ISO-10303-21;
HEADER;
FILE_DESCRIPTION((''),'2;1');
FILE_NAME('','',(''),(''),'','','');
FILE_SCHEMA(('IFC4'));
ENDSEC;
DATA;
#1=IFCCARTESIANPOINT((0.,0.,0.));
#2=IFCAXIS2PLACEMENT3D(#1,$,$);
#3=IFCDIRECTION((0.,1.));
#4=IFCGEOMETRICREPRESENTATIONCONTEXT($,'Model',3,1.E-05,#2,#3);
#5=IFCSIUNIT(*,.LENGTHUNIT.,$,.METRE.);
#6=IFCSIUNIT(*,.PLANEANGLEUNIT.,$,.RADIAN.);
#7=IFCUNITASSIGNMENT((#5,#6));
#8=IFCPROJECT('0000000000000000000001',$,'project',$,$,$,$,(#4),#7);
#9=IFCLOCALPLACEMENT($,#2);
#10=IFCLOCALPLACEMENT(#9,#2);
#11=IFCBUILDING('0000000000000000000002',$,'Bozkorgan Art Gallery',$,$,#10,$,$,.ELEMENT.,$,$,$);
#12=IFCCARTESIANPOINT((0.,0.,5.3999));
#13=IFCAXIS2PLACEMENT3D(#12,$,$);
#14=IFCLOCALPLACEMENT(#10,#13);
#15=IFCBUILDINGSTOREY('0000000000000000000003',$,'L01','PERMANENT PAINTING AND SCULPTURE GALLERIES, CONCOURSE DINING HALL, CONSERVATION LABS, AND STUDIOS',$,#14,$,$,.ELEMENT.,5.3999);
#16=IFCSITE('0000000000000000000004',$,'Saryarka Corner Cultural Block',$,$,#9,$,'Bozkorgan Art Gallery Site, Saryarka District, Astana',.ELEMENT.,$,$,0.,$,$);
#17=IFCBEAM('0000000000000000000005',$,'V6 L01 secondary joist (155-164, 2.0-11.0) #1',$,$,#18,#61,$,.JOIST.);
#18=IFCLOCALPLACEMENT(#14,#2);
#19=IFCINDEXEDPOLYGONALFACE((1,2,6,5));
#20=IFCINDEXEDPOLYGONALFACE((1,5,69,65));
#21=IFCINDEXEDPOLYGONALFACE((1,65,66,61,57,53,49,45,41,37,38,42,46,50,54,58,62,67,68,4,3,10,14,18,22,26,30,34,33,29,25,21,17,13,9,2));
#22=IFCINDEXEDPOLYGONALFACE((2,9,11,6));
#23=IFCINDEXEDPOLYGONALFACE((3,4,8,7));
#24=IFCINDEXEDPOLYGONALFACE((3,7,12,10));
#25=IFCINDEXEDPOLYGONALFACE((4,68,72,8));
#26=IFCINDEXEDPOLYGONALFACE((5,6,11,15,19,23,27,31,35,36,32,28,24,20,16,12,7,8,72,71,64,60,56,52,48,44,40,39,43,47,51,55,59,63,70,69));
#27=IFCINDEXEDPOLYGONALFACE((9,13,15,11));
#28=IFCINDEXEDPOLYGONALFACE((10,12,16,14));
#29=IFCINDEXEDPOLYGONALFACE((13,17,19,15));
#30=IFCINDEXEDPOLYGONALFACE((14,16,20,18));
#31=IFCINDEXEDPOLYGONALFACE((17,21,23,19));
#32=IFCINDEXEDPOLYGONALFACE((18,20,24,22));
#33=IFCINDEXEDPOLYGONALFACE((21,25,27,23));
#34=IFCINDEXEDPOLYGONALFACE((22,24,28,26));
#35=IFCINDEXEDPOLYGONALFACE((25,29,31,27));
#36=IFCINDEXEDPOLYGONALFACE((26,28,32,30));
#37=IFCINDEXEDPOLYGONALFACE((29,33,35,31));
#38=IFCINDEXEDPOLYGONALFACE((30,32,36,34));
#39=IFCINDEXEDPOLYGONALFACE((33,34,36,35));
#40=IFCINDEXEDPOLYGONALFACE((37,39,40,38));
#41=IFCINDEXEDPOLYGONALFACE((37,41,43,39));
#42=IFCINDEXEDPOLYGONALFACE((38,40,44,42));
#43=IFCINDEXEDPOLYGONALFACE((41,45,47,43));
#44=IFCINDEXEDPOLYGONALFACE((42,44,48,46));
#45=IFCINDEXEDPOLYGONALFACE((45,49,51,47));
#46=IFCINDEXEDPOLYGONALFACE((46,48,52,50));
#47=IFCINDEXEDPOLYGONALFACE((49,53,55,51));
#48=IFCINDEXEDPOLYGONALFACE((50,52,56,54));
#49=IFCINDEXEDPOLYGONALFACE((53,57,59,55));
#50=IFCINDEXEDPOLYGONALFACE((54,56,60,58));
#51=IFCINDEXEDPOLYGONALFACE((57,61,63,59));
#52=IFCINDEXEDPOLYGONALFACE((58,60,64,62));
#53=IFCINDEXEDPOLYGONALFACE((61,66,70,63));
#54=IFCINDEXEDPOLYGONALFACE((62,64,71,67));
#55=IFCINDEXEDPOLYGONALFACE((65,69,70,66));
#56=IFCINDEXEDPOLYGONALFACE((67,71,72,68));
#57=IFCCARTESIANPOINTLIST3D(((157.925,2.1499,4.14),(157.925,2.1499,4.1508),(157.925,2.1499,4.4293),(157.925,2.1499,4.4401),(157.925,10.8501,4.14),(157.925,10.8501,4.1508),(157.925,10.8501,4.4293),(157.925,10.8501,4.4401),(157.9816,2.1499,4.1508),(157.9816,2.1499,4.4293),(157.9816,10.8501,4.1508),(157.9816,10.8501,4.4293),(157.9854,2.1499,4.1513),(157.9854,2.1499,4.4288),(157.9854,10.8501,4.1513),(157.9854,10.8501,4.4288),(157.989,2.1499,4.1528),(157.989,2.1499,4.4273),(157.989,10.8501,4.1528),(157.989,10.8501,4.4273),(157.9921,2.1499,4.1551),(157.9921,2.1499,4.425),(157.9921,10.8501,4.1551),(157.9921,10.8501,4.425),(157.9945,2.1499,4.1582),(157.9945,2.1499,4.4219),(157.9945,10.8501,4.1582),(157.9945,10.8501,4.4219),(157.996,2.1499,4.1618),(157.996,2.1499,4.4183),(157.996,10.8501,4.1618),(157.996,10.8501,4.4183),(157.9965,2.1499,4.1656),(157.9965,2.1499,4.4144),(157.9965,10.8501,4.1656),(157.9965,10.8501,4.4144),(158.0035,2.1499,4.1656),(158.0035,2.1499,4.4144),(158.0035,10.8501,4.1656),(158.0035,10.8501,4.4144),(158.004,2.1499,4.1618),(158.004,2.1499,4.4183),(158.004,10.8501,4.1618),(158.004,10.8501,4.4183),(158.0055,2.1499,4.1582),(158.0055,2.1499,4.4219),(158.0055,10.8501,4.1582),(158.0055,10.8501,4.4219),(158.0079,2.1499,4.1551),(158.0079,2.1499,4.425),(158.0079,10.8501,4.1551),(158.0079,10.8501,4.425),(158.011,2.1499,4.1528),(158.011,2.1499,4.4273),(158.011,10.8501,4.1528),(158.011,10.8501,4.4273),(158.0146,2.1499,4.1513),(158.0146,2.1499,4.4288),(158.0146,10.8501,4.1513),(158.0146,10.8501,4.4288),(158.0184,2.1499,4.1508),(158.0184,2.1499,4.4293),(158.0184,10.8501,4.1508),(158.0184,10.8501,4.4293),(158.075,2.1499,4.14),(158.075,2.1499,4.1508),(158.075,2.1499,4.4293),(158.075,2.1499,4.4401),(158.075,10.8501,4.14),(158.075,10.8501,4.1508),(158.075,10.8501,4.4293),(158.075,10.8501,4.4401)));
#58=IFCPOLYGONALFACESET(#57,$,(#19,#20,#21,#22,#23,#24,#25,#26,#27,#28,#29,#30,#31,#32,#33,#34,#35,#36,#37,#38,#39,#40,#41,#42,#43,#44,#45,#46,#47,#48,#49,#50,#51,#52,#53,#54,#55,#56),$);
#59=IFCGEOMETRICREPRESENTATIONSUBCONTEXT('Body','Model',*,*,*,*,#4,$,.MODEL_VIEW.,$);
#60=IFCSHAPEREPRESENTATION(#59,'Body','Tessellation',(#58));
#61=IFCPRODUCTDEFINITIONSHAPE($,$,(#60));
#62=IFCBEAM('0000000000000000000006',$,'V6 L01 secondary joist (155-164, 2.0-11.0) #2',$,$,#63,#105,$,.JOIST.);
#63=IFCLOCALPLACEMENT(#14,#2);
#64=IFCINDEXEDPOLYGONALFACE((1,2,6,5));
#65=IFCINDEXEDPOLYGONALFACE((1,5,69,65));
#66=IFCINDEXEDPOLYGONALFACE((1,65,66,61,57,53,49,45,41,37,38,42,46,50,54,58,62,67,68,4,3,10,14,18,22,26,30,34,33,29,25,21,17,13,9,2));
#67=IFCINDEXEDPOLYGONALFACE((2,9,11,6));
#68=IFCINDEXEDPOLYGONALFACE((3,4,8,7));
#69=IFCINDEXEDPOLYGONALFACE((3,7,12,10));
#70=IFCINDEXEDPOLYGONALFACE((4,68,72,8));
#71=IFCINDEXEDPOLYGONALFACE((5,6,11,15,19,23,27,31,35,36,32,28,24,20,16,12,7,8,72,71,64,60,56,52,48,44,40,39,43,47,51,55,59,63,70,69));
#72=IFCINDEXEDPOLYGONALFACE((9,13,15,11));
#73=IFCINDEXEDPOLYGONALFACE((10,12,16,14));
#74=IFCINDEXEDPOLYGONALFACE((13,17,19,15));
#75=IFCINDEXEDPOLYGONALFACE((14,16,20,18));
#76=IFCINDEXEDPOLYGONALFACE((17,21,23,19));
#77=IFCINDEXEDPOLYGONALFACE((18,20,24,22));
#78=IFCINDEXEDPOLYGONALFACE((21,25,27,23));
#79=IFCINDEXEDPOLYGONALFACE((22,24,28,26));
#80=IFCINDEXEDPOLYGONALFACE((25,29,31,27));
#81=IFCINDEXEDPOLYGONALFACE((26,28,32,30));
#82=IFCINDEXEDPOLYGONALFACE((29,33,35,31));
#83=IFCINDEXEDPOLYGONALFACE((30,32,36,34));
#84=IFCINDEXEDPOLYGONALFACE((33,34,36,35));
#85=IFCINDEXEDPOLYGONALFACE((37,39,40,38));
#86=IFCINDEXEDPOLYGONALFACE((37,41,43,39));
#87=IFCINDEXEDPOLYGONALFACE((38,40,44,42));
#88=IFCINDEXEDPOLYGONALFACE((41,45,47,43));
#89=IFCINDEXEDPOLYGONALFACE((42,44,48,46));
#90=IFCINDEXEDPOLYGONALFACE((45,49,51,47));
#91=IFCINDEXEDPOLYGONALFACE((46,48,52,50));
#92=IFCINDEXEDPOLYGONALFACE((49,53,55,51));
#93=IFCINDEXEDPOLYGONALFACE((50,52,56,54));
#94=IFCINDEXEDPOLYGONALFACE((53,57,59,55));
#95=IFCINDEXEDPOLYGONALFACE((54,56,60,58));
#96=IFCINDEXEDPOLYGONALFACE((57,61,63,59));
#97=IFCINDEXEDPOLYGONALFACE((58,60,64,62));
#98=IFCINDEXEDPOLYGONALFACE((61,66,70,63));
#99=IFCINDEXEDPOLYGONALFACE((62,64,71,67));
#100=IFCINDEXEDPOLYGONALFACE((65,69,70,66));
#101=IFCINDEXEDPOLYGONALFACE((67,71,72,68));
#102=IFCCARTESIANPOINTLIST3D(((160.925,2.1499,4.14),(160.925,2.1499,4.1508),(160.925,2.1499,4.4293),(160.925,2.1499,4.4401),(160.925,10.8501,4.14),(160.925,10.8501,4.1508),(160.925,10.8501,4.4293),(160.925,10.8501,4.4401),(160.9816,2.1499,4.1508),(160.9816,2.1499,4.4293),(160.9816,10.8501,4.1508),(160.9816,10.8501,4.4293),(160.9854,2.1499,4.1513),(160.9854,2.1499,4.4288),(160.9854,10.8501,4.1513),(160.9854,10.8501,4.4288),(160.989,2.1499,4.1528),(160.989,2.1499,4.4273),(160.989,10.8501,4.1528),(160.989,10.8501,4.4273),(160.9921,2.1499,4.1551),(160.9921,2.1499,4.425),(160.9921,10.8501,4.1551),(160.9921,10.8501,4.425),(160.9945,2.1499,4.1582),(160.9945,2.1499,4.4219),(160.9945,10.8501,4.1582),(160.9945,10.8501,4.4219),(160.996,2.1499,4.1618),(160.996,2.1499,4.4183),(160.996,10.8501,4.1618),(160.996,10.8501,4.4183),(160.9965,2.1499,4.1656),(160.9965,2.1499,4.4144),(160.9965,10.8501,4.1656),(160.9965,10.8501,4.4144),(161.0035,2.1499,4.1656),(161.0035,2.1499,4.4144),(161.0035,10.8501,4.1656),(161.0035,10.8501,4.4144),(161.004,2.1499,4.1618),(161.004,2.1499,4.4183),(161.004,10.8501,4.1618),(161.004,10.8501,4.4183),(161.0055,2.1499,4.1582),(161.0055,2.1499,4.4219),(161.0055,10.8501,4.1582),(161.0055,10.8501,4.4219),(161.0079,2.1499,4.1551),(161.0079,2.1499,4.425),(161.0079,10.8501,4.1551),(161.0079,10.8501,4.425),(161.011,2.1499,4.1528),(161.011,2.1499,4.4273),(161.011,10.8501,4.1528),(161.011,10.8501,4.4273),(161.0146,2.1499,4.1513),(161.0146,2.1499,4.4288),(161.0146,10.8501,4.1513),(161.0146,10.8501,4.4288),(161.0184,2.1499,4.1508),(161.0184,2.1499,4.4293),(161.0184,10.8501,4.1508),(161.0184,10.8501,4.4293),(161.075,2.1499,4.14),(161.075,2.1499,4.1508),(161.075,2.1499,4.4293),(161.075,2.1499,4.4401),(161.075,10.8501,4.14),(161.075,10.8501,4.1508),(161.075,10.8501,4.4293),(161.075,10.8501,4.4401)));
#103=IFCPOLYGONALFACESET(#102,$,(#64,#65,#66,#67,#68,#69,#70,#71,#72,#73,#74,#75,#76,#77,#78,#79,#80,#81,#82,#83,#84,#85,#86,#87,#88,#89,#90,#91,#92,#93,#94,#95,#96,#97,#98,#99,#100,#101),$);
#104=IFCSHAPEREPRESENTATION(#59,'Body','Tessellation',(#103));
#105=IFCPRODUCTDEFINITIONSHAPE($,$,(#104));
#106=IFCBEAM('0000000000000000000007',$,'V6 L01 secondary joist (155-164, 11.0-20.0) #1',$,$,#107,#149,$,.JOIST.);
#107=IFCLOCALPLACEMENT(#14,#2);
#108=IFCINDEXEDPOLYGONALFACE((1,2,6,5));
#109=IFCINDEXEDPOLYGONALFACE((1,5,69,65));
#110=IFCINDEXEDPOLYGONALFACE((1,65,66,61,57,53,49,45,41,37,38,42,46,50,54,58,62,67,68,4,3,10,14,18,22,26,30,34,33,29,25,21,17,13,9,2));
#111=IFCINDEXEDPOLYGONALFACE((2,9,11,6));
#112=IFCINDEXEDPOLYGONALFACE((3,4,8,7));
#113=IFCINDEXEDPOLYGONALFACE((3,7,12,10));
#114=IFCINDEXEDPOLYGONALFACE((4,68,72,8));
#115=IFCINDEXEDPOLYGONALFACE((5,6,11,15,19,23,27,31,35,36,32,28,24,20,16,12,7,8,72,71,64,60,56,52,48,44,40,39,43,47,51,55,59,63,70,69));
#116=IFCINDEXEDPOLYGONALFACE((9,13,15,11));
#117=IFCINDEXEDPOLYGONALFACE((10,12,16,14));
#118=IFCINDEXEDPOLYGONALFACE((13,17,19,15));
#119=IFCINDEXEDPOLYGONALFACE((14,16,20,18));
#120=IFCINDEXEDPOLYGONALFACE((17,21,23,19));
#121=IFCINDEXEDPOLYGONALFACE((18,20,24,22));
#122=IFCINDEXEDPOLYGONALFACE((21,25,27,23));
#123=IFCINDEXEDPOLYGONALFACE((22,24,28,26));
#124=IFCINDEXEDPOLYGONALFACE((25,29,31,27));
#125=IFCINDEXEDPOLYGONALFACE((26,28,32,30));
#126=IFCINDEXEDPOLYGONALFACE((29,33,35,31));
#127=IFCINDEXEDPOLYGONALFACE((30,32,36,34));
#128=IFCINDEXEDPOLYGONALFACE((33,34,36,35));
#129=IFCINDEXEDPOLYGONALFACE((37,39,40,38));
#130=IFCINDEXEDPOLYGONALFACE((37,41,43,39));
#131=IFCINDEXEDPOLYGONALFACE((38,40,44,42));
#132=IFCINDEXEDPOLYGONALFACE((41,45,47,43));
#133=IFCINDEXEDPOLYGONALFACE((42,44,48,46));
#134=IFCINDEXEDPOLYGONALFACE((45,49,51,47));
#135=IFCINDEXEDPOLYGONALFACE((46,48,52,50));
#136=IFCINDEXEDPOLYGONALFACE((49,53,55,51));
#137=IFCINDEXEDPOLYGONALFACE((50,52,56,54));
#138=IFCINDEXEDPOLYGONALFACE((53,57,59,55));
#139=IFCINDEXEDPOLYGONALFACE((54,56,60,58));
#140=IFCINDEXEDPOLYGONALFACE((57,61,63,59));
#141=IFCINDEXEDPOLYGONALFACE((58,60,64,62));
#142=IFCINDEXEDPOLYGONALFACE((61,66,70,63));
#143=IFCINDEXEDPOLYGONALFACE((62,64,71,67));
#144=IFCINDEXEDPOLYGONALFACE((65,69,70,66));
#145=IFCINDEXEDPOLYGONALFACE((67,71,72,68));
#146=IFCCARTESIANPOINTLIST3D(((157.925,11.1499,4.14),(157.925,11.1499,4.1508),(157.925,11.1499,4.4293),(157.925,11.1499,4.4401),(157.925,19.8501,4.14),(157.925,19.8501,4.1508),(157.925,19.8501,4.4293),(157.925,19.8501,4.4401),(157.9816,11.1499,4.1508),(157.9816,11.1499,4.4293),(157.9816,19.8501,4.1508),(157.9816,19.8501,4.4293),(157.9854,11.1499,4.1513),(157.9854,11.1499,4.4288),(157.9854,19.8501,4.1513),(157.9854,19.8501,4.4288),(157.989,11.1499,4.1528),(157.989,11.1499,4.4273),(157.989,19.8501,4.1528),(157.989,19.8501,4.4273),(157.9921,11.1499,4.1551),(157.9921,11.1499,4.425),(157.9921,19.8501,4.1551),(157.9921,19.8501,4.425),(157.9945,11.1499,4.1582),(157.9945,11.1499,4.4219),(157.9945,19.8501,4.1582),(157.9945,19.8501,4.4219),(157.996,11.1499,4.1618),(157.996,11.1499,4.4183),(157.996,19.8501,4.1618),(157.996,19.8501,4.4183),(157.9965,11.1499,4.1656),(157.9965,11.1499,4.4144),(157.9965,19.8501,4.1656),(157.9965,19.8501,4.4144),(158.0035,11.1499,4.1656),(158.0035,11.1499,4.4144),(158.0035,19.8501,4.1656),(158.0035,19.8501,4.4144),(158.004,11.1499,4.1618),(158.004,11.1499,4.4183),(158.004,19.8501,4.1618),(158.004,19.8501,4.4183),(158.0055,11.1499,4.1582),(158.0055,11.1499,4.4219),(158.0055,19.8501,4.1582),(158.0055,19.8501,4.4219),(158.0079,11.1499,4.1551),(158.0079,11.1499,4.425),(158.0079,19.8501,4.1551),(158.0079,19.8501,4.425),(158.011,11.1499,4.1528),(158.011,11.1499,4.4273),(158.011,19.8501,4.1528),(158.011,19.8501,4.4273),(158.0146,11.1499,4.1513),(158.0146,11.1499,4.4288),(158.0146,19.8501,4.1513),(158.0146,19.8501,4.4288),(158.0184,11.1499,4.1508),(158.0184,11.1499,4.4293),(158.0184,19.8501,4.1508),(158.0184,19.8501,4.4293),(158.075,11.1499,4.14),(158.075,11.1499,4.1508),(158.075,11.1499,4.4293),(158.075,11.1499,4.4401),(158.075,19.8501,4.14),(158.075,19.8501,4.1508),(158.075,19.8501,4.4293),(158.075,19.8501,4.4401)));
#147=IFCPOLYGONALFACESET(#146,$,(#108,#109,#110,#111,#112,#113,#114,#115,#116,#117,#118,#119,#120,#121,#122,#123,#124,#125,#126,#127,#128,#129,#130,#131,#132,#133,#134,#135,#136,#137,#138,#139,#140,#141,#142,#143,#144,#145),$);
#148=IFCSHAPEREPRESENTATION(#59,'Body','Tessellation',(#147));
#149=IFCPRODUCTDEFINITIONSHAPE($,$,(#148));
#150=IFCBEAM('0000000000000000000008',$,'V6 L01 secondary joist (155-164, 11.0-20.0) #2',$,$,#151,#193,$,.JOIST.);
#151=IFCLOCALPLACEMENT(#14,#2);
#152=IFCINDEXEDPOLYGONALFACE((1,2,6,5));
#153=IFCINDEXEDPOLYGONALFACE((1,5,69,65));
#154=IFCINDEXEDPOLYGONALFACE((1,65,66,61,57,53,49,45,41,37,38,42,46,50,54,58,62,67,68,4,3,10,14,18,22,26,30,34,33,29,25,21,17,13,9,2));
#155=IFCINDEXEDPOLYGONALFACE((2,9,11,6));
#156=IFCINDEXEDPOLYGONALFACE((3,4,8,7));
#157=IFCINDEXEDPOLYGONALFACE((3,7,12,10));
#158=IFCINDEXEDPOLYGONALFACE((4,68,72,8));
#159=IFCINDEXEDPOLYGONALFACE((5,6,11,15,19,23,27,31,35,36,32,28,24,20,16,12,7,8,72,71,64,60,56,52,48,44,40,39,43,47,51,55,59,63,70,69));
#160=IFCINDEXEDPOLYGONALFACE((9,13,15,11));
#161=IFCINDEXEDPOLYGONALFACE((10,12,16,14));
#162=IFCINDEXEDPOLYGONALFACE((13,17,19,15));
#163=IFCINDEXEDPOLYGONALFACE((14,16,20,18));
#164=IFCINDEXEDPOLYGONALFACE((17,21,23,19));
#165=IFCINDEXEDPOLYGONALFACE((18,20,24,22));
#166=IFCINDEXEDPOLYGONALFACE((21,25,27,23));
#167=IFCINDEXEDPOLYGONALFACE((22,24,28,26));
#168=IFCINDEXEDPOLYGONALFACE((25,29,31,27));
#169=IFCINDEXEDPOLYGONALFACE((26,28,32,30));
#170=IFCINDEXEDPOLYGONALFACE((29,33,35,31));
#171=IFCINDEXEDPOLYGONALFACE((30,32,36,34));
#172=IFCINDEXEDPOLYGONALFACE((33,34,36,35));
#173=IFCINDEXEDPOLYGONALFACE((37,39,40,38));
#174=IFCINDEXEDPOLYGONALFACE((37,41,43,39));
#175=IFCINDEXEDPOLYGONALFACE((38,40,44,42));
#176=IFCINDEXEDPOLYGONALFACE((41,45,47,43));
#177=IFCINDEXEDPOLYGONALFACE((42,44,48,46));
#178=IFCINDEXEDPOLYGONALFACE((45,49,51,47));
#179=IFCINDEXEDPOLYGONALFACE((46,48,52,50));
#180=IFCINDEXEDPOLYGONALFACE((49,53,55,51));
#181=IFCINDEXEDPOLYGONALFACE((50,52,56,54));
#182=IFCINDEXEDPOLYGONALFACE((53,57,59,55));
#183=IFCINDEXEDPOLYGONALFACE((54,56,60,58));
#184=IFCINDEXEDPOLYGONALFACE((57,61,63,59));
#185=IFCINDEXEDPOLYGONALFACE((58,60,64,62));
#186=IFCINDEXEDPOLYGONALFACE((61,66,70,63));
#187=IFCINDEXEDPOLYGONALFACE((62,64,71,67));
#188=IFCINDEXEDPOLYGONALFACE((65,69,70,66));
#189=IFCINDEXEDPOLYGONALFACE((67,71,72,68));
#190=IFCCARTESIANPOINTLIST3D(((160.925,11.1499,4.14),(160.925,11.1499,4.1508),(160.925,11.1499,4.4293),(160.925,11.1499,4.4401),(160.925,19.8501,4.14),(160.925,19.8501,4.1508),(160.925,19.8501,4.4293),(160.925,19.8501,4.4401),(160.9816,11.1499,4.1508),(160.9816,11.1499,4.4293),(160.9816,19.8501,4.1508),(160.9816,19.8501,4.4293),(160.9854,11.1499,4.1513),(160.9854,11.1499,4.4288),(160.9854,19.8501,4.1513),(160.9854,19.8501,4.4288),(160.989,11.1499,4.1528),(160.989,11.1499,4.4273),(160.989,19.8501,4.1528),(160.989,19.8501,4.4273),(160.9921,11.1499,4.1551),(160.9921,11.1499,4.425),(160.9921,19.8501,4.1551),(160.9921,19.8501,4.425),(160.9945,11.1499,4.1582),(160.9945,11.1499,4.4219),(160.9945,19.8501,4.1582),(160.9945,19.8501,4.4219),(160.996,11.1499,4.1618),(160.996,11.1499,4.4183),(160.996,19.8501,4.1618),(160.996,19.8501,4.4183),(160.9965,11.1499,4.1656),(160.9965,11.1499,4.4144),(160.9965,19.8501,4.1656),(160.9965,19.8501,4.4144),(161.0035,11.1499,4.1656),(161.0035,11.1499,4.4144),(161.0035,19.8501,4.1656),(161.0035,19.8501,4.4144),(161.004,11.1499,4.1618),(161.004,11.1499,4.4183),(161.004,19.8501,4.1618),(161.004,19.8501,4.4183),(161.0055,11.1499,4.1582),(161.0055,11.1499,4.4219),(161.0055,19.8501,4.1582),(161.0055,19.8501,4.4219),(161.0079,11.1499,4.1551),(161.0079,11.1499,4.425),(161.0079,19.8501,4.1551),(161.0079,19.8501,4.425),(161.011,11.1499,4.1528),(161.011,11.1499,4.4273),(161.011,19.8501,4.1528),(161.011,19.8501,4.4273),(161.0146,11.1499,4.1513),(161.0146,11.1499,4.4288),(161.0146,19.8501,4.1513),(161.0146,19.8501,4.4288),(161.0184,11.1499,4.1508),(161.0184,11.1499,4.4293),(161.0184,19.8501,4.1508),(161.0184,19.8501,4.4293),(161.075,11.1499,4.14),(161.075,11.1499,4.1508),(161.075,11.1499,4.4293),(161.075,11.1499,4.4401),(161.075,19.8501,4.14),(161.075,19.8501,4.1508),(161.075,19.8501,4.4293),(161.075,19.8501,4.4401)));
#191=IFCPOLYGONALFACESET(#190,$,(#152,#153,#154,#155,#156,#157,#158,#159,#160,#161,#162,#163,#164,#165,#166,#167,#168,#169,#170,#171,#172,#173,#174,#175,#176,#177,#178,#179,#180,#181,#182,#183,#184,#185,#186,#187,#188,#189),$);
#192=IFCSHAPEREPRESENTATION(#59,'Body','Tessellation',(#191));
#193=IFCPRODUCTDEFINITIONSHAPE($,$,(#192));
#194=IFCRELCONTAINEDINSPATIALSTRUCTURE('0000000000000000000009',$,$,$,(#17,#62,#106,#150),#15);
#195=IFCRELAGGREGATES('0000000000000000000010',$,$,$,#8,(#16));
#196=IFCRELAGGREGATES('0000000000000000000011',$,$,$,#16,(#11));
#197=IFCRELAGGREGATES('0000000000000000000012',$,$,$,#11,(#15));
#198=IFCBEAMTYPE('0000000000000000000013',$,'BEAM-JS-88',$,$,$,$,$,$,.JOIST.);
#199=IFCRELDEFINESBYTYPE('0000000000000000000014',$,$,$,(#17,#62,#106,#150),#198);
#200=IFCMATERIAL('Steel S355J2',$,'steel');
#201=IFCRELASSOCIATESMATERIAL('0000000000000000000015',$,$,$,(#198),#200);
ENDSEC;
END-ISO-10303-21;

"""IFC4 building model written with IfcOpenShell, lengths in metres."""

from ifc_helpers import new_model, si_unit, direction, frame, origin, origin_2d, place, context, subcontext, project, spatial, i_section, extrude, material, material_profile, profile_set, type_object, element, save


model = new_model("IFC4")

# Units and contexts
model_context = context("Model", 3, precision=1e-05, world=origin(), true_north=direction((0.0, 1.0)))
body_context = subcontext(model_context, "Body", "Model", "MODEL_VIEW")
ifc_project = project(units=[si_unit("LENGTHUNIT", "METRE"), si_unit("PLANEANGLEUNIT", "RADIAN")], contexts=[model_context])

# Site, building, storey
site_placement = place(None, origin())
site = spatial("IfcSite", under=ifc_project, at=site_placement, Name="Saryarka Corner Cultural Block", LongName="Bozkorgan Art Gallery Site, Saryarka District, Astana", CompositionType="ELEMENT", RefElevation=0.0)
building_placement = place(site_placement, origin())
building = spatial("IfcBuilding", under=site, at=building_placement, Name="Bozkorgan Art Gallery", CompositionType="ELEMENT")
storey_placement = place(building_placement, frame((0.0, 0.0, 5.3999)))
storey = spatial("IfcBuildingStorey", under=building, at=storey_placement, Name="L01", Description="PERMANENT PAINTING AND SCULPTURE GALLERIES, CONCOURSE DINING HALL, CONSERVATION LABS, AND STUDIOS", CompositionType="ELEMENT", Elevation=5.3999)

# Shared definitions
ifc_material_1 = material(Name="Steel S355J2", Category="steel")

# Beams
ifc_material_profile_1 = material_profile(ifc_material_1, i_section(OverallWidth=0.1499, OverallDepth=0.3, WebThickness=0.0071, FlangeThickness=0.0107, FilletRadius=0.0149, at=origin_2d()), Name="IPE 300")
ifc_profile_set_1 = profile_set([ifc_material_profile_1], Name="Steel S355J2")
beam_type_1 = type_object("IfcBeamType", Name="BEAM-JS-88", PredefinedType="JOIST", material=ifc_profile_set_1)
for number, where, z_axis, x_axis, name in (
    (1, (158.0, 2.1499, 4.29), (0.0, 1.0, 0.0), (-1.0, 0.0, 0.0), "V6 L01 secondary joist (155-164, 2.0-11.0) #1"),
    (2, (161.0, 2.1499, 4.29), (0.0, 1.0, 0.0), (-1.0, 0.0, 0.0), "V6 L01 secondary joist (155-164, 2.0-11.0) #2"),
    (3, (158.0, 11.1499, 4.29), (0.0, 1.0, 0.0), (-1.0, 0.0, 0.0), "V6 L01 secondary joist (155-164, 11.0-20.0) #1"),
    (4, (161.0, 11.1499, 4.29), (0.0, 1.0, 0.0), (-1.0, 0.0, 0.0), "V6 L01 secondary joist (155-164, 11.0-20.0) #2"),
):
    element("IfcBeam", number, at=place(storey_placement, frame(where, z_axis=z_axis, x_axis=x_axis)), inside=storey, type_object=beam_type_1, Name=name, PredefinedType="JOIST", context=body_context, shape_type="SweptSolid", body=[
        extrude(i_section(OverallWidth=0.1499, OverallDepth=0.3, WebThickness=0.0071, FlangeThickness=0.0107, FilletRadius=0.0149, at=origin_2d()), origin(), (0.0, 0.0, 1.0), 8.7002),
    ])

save(model, "model.ifc")
